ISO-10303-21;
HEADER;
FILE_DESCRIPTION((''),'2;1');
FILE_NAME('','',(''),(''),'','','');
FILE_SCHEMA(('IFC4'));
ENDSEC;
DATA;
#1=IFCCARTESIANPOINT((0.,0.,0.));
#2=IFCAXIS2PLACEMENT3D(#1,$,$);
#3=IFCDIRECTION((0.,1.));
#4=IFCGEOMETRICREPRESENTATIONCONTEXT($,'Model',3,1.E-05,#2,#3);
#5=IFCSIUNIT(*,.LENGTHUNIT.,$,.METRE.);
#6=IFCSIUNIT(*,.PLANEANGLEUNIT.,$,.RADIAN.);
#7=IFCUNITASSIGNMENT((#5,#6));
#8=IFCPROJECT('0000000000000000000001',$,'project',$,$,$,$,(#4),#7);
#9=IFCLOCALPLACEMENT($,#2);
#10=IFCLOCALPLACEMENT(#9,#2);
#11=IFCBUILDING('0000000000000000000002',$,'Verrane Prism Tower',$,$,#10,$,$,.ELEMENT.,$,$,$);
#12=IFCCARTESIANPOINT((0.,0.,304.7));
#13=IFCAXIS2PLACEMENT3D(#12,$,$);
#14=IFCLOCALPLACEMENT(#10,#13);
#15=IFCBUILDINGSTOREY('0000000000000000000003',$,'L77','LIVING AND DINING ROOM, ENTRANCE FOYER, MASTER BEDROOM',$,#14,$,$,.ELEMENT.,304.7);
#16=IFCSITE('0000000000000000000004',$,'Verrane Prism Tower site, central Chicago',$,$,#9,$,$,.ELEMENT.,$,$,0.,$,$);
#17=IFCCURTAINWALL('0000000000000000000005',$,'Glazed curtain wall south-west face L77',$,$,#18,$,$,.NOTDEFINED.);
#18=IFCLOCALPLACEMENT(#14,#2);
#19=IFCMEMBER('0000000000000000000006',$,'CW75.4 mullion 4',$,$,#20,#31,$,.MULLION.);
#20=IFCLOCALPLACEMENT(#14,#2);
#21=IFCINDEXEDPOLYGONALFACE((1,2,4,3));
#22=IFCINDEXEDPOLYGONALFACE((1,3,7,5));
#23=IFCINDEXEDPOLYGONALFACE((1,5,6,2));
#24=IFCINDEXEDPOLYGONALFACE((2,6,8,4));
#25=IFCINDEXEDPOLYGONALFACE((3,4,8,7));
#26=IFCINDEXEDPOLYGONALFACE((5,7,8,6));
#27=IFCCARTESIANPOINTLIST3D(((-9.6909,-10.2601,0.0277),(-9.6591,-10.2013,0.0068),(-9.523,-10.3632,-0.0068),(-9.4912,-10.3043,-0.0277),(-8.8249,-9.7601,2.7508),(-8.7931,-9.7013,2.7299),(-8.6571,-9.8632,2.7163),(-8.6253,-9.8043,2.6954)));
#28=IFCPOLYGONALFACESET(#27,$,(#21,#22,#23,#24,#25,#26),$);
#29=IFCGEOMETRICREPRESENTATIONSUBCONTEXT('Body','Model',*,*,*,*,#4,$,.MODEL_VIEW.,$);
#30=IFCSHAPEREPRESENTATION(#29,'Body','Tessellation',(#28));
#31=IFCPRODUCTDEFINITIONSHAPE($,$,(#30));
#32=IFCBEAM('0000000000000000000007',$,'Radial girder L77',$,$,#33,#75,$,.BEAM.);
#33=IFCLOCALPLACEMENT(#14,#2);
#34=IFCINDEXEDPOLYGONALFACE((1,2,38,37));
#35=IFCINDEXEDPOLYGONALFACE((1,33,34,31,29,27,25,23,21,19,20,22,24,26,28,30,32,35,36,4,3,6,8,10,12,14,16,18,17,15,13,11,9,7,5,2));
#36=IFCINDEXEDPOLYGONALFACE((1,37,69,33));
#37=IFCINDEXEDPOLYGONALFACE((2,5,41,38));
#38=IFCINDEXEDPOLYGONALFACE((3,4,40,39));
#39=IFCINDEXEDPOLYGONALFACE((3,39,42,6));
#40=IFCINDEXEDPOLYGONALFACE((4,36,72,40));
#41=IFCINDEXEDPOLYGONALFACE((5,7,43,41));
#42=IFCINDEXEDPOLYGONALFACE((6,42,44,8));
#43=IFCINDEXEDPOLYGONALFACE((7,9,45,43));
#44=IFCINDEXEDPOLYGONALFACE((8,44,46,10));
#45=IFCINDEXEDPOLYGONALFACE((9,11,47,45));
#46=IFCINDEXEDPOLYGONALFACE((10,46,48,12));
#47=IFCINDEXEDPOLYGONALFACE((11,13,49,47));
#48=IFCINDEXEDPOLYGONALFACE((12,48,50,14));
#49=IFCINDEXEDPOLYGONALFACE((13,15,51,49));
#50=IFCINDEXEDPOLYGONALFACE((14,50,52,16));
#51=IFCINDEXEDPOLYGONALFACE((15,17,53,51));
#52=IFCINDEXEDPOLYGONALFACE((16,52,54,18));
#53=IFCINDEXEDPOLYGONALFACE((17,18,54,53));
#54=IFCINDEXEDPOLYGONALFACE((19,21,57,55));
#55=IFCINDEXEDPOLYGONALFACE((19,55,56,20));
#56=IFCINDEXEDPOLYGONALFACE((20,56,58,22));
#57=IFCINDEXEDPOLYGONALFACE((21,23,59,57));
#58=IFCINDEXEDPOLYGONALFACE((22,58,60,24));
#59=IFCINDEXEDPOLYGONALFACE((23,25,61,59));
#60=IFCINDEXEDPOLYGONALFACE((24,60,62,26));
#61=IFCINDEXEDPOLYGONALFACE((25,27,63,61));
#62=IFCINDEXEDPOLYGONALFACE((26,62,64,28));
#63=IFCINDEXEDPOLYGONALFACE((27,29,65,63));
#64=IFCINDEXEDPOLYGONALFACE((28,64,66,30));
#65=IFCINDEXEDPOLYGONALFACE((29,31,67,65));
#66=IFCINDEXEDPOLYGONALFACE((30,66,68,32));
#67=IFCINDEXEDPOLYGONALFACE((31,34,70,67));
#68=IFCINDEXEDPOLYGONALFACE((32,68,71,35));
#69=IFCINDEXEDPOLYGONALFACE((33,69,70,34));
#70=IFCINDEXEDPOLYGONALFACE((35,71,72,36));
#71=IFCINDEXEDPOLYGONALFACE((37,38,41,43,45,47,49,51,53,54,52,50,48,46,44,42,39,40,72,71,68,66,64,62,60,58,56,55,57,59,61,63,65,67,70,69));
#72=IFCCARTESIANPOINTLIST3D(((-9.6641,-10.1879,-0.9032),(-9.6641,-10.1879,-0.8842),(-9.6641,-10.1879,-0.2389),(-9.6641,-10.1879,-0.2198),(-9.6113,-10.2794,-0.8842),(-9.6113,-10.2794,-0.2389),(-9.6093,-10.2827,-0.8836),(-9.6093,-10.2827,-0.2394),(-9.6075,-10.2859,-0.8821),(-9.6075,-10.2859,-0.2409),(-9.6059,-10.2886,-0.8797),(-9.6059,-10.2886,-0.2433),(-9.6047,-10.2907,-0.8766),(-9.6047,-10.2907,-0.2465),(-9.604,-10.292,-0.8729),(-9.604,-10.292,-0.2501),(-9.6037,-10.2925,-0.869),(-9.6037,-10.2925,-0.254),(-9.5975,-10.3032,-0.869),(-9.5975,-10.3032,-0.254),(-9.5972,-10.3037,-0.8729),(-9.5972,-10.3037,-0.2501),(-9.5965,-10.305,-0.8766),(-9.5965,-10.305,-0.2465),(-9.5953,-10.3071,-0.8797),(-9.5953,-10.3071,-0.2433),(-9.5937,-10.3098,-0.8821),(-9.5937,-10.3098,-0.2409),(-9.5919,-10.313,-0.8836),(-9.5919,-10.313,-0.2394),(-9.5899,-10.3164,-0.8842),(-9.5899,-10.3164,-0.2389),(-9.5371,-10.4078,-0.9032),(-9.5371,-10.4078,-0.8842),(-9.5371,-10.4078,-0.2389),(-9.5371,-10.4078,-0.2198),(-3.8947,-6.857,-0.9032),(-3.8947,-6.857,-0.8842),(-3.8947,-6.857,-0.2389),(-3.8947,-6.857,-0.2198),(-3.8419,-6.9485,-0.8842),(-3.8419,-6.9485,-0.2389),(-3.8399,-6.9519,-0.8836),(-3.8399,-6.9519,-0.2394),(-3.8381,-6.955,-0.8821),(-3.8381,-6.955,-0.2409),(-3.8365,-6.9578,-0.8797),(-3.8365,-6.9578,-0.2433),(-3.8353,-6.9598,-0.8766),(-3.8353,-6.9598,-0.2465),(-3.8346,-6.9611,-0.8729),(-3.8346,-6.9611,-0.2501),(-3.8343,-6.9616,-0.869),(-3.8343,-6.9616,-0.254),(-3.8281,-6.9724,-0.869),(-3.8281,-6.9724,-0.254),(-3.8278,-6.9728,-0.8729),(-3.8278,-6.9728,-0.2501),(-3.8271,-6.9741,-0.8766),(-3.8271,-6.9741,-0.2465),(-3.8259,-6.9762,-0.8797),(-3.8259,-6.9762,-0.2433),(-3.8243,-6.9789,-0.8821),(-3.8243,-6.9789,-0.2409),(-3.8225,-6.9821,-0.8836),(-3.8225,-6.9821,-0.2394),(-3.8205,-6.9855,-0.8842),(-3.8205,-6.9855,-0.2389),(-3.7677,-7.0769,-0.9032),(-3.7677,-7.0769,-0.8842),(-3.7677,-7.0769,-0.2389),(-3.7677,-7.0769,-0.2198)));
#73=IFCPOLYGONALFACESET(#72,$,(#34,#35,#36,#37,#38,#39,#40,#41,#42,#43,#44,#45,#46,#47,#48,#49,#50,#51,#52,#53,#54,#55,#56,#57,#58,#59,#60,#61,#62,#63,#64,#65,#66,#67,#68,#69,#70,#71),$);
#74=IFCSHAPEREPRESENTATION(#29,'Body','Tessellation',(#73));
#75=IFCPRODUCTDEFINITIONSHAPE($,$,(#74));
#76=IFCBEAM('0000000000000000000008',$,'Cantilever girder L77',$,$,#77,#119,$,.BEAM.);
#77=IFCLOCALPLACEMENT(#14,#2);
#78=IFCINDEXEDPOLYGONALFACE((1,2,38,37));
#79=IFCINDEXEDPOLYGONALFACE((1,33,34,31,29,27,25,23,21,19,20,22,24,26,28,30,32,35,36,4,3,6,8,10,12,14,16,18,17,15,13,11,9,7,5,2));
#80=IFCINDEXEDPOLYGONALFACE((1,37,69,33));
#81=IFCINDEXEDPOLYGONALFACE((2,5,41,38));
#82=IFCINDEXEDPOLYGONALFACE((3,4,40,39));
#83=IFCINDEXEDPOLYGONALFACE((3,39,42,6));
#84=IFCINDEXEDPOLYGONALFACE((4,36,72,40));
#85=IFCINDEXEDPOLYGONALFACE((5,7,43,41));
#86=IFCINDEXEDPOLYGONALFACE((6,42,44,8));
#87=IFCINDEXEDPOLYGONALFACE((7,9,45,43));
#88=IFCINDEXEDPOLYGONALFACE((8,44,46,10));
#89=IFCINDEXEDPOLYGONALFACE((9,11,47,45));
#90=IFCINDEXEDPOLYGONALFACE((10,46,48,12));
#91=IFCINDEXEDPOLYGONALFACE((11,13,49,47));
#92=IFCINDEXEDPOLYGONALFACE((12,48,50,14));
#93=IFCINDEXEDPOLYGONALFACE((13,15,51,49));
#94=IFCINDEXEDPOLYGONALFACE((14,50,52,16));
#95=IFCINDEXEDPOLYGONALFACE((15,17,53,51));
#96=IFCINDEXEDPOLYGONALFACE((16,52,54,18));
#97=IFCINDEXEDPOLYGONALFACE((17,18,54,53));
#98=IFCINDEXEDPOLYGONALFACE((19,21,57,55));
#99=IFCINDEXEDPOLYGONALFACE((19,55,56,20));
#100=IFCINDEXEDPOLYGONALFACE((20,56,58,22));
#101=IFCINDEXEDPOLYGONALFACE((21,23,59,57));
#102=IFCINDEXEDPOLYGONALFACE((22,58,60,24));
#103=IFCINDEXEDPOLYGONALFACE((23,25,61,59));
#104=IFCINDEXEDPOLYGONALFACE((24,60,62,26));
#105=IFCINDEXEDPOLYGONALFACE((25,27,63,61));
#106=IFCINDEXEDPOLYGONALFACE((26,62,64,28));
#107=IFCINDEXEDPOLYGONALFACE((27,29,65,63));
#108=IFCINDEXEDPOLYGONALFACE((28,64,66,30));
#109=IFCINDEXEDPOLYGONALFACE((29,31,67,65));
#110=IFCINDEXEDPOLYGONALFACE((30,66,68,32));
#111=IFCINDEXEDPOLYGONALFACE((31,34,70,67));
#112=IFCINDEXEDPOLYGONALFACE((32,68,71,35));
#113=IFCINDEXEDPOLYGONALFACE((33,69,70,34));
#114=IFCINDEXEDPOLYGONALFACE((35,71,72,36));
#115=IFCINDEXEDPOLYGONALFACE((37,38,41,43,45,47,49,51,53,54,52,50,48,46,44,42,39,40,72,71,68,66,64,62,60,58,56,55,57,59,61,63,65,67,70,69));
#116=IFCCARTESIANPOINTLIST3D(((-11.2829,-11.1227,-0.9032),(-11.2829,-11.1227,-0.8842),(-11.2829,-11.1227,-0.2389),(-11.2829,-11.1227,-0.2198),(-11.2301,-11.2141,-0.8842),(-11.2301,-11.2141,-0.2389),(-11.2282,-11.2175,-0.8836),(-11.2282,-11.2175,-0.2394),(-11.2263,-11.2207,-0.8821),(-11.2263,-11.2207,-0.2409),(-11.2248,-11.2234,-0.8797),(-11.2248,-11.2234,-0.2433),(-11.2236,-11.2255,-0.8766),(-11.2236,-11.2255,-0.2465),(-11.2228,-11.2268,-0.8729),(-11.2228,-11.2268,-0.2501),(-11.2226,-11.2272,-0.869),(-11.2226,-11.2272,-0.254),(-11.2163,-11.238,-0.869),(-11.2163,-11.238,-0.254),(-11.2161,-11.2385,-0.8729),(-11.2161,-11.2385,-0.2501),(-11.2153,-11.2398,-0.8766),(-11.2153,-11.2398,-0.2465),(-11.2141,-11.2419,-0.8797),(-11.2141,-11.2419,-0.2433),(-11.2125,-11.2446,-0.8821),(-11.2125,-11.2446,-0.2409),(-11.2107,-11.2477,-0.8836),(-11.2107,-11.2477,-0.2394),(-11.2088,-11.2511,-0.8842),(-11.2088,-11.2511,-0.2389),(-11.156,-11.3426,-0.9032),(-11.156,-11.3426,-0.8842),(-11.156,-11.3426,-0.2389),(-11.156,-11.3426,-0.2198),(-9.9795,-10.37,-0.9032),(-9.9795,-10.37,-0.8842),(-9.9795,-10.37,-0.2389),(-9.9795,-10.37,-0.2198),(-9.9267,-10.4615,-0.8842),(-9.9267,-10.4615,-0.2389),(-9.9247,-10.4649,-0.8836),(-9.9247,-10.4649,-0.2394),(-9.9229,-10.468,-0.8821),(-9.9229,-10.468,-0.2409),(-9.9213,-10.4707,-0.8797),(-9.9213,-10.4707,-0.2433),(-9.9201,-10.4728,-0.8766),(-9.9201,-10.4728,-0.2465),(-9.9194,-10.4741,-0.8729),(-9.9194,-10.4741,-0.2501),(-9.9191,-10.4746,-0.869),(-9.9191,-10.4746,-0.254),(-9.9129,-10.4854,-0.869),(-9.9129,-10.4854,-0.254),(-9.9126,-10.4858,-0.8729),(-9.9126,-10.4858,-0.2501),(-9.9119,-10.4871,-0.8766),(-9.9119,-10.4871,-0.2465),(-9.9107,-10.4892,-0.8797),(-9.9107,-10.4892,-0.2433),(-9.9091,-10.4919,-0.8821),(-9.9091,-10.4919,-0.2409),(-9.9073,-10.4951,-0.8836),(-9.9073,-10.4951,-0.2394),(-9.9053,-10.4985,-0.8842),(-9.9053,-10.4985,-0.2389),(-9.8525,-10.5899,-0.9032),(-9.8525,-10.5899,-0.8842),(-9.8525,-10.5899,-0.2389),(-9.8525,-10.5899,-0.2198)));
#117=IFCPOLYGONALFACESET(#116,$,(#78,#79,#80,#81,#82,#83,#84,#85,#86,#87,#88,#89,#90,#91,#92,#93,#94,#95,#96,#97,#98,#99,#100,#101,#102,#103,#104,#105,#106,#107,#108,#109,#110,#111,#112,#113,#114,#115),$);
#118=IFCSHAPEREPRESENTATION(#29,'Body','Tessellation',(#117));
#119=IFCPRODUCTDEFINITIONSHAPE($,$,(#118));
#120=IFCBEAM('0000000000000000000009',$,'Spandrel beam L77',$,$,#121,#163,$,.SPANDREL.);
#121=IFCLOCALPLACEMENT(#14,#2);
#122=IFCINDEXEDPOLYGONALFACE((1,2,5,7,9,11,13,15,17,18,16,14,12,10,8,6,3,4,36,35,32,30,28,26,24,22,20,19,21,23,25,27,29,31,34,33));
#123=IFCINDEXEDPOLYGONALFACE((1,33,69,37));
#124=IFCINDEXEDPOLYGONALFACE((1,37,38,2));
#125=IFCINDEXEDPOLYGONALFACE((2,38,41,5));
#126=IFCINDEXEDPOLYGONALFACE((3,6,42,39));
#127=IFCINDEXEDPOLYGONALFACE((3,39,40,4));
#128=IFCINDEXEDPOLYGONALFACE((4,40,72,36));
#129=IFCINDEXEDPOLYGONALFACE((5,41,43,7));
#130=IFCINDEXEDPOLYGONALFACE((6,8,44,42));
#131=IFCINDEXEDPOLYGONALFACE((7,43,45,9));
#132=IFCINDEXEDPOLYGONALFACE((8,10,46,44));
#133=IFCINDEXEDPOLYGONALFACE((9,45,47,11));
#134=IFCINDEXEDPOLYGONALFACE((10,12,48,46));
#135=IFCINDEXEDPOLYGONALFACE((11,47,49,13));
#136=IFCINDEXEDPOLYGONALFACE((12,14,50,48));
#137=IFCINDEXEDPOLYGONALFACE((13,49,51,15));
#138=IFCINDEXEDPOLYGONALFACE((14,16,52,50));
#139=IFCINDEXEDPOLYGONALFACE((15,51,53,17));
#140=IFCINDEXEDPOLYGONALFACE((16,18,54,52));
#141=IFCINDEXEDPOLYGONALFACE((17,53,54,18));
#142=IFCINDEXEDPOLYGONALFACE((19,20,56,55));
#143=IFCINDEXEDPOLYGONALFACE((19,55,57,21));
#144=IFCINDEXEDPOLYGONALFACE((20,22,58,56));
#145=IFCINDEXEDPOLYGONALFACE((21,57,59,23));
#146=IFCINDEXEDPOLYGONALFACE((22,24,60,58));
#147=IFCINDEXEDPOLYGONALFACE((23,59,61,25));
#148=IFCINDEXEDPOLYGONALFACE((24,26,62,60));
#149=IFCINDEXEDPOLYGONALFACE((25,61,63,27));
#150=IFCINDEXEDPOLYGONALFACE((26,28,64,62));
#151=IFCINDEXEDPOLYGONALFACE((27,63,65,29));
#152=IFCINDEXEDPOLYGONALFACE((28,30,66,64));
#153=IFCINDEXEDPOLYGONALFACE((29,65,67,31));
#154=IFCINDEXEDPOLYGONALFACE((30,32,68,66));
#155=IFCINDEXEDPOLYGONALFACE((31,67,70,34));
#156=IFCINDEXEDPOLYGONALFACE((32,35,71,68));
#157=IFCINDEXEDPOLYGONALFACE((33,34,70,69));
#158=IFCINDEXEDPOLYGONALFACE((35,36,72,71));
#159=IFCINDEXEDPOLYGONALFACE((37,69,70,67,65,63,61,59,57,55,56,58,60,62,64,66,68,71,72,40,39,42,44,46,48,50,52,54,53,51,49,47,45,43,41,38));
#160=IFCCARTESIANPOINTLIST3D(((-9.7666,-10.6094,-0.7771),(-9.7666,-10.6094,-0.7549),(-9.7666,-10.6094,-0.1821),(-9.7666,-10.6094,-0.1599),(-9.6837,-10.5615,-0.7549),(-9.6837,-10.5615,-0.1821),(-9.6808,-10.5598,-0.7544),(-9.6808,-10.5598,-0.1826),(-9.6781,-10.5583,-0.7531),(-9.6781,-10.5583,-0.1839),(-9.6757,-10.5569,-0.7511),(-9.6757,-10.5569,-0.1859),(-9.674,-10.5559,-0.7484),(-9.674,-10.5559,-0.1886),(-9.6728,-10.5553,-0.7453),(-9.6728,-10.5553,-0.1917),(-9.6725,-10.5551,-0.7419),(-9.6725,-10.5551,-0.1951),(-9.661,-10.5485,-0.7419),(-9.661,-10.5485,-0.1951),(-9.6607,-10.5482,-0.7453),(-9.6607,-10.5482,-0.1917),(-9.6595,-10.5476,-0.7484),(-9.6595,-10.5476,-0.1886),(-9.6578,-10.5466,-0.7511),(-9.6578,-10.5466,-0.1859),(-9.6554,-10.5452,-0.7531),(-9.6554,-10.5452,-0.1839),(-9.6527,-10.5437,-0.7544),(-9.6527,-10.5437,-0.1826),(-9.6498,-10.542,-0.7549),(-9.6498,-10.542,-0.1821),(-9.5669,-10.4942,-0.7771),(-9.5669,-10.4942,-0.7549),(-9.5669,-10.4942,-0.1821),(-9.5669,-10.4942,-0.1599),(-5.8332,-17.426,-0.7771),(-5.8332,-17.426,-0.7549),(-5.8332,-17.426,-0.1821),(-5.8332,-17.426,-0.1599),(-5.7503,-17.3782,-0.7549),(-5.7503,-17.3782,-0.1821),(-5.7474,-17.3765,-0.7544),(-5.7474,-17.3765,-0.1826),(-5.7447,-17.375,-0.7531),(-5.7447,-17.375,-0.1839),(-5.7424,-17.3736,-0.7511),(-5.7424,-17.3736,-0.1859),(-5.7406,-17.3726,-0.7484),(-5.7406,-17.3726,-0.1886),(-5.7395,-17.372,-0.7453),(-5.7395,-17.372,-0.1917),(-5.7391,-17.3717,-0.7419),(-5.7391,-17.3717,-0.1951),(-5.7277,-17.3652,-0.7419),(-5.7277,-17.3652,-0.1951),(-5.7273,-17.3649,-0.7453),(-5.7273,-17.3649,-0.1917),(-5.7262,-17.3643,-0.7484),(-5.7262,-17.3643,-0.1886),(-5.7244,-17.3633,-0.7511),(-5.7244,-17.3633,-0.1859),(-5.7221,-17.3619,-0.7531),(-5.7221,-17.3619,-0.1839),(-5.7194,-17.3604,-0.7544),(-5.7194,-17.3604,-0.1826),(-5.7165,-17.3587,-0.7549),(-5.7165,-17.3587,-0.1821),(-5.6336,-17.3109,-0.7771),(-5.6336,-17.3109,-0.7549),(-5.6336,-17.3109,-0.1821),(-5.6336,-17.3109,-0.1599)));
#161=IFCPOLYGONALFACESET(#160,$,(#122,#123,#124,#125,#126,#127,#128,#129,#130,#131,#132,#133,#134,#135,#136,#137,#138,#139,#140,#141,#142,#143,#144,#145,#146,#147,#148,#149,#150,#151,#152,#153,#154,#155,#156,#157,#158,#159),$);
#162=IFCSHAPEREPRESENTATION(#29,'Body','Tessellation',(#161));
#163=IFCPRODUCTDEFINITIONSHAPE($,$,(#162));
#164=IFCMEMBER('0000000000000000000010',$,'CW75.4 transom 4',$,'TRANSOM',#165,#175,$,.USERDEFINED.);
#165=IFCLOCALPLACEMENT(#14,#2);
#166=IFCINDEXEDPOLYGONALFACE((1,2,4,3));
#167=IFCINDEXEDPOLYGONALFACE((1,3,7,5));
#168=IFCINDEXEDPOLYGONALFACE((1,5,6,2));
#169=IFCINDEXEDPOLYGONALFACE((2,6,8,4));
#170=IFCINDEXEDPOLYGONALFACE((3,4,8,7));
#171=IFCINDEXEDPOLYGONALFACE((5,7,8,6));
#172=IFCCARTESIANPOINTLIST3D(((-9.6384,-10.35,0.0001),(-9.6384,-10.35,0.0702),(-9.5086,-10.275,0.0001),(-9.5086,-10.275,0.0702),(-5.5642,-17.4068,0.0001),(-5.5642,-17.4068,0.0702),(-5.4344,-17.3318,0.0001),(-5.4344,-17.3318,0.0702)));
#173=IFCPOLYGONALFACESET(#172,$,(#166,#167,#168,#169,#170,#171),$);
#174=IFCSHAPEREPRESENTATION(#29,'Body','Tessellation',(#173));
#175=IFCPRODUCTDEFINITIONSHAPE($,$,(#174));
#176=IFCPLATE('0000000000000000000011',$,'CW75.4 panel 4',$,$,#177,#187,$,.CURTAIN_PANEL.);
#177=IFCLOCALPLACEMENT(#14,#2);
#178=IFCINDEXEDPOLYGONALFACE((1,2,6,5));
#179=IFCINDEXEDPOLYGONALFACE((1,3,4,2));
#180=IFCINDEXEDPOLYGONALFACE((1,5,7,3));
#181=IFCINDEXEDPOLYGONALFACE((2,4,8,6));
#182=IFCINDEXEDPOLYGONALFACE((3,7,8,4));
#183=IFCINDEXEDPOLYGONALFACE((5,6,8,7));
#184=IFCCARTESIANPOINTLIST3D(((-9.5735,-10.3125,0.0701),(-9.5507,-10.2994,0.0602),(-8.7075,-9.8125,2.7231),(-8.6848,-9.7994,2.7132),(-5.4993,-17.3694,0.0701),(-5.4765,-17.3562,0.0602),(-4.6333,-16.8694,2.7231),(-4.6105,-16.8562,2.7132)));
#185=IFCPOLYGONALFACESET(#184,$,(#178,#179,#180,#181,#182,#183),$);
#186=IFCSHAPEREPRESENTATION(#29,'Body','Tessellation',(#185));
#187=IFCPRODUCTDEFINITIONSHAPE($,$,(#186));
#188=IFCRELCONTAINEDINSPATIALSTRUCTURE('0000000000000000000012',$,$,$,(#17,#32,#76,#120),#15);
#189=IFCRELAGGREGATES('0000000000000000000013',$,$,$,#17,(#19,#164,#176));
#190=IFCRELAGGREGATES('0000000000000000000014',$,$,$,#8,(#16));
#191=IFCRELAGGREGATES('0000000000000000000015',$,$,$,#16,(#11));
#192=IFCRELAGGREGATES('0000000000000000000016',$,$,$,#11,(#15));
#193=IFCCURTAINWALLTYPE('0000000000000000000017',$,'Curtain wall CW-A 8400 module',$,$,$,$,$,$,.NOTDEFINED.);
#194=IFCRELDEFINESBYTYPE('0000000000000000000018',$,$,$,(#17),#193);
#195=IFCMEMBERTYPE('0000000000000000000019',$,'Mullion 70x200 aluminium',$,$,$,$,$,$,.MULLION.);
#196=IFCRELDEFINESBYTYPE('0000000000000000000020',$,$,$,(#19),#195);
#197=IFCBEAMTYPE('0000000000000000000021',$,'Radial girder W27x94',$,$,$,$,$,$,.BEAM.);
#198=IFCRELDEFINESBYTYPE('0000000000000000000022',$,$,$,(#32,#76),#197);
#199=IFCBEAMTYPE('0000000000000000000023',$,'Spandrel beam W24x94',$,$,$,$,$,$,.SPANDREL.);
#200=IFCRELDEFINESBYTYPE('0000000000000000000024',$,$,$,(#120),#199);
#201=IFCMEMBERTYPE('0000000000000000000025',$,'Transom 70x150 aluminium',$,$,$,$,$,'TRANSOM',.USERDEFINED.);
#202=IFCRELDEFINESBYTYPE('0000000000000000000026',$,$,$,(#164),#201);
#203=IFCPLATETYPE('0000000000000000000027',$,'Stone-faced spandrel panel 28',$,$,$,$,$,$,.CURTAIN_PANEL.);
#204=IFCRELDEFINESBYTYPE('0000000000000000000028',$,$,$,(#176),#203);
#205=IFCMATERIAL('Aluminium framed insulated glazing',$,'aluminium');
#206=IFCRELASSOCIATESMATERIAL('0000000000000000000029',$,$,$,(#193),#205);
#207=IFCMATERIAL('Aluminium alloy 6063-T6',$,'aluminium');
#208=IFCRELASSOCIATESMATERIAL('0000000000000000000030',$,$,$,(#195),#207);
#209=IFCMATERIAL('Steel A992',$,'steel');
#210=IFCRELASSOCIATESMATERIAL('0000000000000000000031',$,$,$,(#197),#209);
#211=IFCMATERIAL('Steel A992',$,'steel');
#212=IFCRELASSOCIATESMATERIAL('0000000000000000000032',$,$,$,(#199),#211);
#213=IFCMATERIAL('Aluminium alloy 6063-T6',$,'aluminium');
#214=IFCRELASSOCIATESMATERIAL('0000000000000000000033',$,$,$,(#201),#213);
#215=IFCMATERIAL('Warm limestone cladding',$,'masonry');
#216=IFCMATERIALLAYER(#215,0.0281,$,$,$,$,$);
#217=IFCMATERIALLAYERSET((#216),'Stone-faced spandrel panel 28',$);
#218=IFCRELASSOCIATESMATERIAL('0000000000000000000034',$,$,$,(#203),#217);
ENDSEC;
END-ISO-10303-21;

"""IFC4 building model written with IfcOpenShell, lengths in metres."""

from ifc_helpers import new_model, si_unit, direction, frame, origin, origin_2d, place, context, subcontext, project, spatial, polyline, rectangle, i_section, outline, extrude, material, layer, layer_set, material_profile, profile_set, type_object, element, aggregate, save


model = new_model("IFC4")

# Units and contexts
model_context = context("Model", 3, precision=1e-05, world=origin(), true_north=direction((0.0, 1.0)))
body_context = subcontext(model_context, "Body", "Model", "MODEL_VIEW")
ifc_project = project(units=[si_unit("LENGTHUNIT", "METRE"), si_unit("PLANEANGLEUNIT", "RADIAN")], contexts=[model_context])

# Site, building, storey
site_placement = place(None, origin())
site = spatial("IfcSite", under=ifc_project, at=site_placement, Name="Verrane Prism Tower site, central Chicago", CompositionType="ELEMENT", RefElevation=0.0)
building_placement = place(site_placement, origin())
building = spatial("IfcBuilding", under=site, at=building_placement, Name="Verrane Prism Tower", CompositionType="ELEMENT")
storey_placement = place(building_placement, frame((0.0, 0.0, 304.7)))
storey = spatial("IfcBuildingStorey", under=building, at=storey_placement, Name="L77", Description="LIVING AND DINING ROOM, ENTRANCE FOYER, MASTER BEDROOM", CompositionType="ELEMENT", Elevation=304.7)

# Curtain wall, member
ifc_material_1 = material(Name="Aluminium framed insulated glazing", Category="aluminium")
curtain_wall_type = type_object("IfcCurtainWallType", Name="Curtain wall CW-A 8400 module", PredefinedType="NOTDEFINED", material=ifc_material_1)
curtain_wall_placement = place(storey_placement, origin())
curtain_wall = element("IfcCurtainWall", 1, at=curtain_wall_placement, inside=storey, type_object=curtain_wall_type, Name="Glazed curtain wall south-west face L77", PredefinedType="NOTDEFINED")
ifc_material_2 = material(Name="Aluminium alloy 6063-T6", Category="aluminium")
ifc_material_profile_1 = material_profile(ifc_material_2, rectangle(XDim=0.2, YDim=0.0701, at=origin_2d()), Name="Mullion 70x200 aluminium")
ifc_profile_set_1 = profile_set([ifc_material_profile_1], Name="Aluminium alloy 6063-T6")
member_type_1 = type_object("IfcMemberType", Name="Mullion 70x200 aluminium", PredefinedType="MULLION", material=ifc_profile_set_1)
member_1_placement = place(storey_placement, frame((-9.5911, -10.2822, 0.0), z_axis=(0.298513, 0.172358, 0.938713), x_axis=(-0.839503, 0.515296, 0.17235)))
member_1 = element("IfcMember", 2, at=member_1_placement, type_object=member_type_1, Name="CW75.4 mullion 4", PredefinedType="MULLION", context=body_context, shape_type="SweptSolid", body=[
    extrude(rectangle(XDim=0.2, YDim=0.0701, at=origin_2d()), origin(), (0.0, 0.0, 1.0), 2.9009),
])

# Beams
ifc_material_3 = material(Name="Steel A992", Category="steel")
ifc_material_profile_2 = material_profile(ifc_material_3, i_section(OverallWidth=0.2539, OverallDepth=0.6833, WebThickness=0.0125, FlangeThickness=0.019, FilletRadius=0.0151, at=origin_2d()), Name="W27x94")
ifc_profile_set_2 = profile_set([ifc_material_profile_2], Name="Steel A992")
beam_type_1 = type_object("IfcBeamType", Name="Radial girder W27x94", PredefinedType="BEAM", material=ifc_profile_set_2)
beam_1_placement = place(storey_placement, frame((-9.6006, -10.2979, -0.5615), z_axis=(0.866031, 0.49999, 0.0), x_axis=(-0.49999, 0.866031, 0.0)))
element("IfcBeam", 3, at=beam_1_placement, inside=storey, type_object=beam_type_1, Name="Radial girder L77", PredefinedType="BEAM", context=body_context, shape_type="SweptSolid", body=[
    extrude(i_section(OverallWidth=0.2539, OverallDepth=0.6833, WebThickness=0.0125, FlangeThickness=0.019, FilletRadius=0.0151, at=origin_2d()), origin(), (0.0, 0.0, 1.0), 6.6619),
])
beam_2_placement = place(storey_placement, frame((-9.916, -10.48, -0.5615), z_axis=(-0.865988, -0.500064, 0.0), x_axis=(0.500064, -0.865988, 0.0)))
element("IfcBeam", 4, at=beam_2_placement, inside=storey, type_object=beam_type_1, Name="Cantilever girder L77", PredefinedType="BEAM", context=body_context, shape_type="SweptSolid", body=[
    extrude(i_section(OverallWidth=0.2539, OverallDepth=0.6833, WebThickness=0.0125, FlangeThickness=0.019, FilletRadius=0.0151, at=origin_2d()), origin(), (0.0, 0.0, 1.0), 1.5051),
])
ifc_material_4 = material(Name="Steel A992", Category="steel")
ifc_material_profile_3 = material_profile(ifc_material_4, i_section(OverallWidth=0.2305, OverallDepth=0.6172, WebThickness=0.0132, FlangeThickness=0.0222, FilletRadius=0.0129, at=origin_2d()), Name="W24x94")
ifc_profile_set_3 = profile_set([ifc_material_profile_3], Name="Steel A992")
beam_type_2 = type_object("IfcBeamType", Name="Spandrel beam W24x94", PredefinedType="SPANDREL", material=ifc_profile_set_3)
beam_3_placement = place(storey_placement, frame((-9.6667, -10.5518, -0.4685), z_axis=(0.499786, -0.866149, 0.0), x_axis=(0.866149, 0.499786, 0.0)))
element("IfcBeam", 5, at=beam_3_placement, inside=storey, type_object=beam_type_2, Name="Spandrel beam L77", PredefinedType="SPANDREL", context=body_context, shape_type="SweptSolid", body=[
    extrude(i_section(OverallWidth=0.2305, OverallDepth=0.6172, WebThickness=0.0132, FlangeThickness=0.0222, FilletRadius=0.0129, at=origin_2d()), origin(), (0.0, 0.0, 1.0), 7.8701),
])

# Member
ifc_material_5 = material(Name="Aluminium alloy 6063-T6", Category="aluminium")
ifc_material_profile_4 = material_profile(ifc_material_5, rectangle(XDim=0.1499, YDim=0.0701, at=origin_2d()), Name="Transom 70x150 aluminium")
ifc_profile_set_4 = profile_set([ifc_material_profile_4], Name="Aluminium alloy 6063-T6")
member_type_2 = type_object("IfcMemberType", Name="Transom 70x150 aluminium", ElementType="TRANSOM", PredefinedType="USERDEFINED", material=ifc_profile_set_4)
member_2_placement = place(storey_placement, frame((-9.5735, -10.3125, 0.0352), z_axis=(0.499993, -0.866029, 0.0), x_axis=(0.866029, 0.499993, 0.0)))
member_2 = element("IfcMember", 6, at=member_2_placement, type_object=member_type_2, Name="CW75.4 transom 4", ObjectType="TRANSOM", PredefinedType="USERDEFINED", context=body_context, shape_type="SweptSolid", body=[
    extrude(rectangle(XDim=0.1499, YDim=0.0701, at=origin_2d()), origin(), (0.0, 0.0, 1.0), 8.1484),
])

# Plate
ifc_material_6 = material(Name="Warm limestone cladding", Category="masonry")
ifc_layer_1 = layer(ifc_material_6, 0.0281)
ifc_layer_set_1 = layer_set([ifc_layer_1], Name="Stone-faced spandrel panel 28")
plate_type = type_object("IfcPlateType", Name="Stone-faced spandrel panel 28", PredefinedType="CURTAIN_PANEL", material=ifc_layer_set_1)
plate_placement = place(storey_placement, frame((-9.5735, -10.3125, 0.0701), z_axis=(-0.810381, -0.467865, 0.352683), x_axis=(0.499993, -0.866029, 0.0)))
plate = element("IfcPlate", 7, at=plate_placement, type_object=plate_type, Name="CW75.4 panel 4", PredefinedType="CURTAIN_PANEL", context=body_context, shape_type="SweptSolid", body=[
    extrude(outline(polyline([(0.0, 0.0), (8.1486, 0.0), (8.1485, 2.8353), (0.0, 2.8353), (0.0, 0.0)])), origin(), (0.0, 0.0, -1.0), 0.0281),
])
aggregate(curtain_wall, [member_1, member_2, plate])

save(model, "model.ifc")
